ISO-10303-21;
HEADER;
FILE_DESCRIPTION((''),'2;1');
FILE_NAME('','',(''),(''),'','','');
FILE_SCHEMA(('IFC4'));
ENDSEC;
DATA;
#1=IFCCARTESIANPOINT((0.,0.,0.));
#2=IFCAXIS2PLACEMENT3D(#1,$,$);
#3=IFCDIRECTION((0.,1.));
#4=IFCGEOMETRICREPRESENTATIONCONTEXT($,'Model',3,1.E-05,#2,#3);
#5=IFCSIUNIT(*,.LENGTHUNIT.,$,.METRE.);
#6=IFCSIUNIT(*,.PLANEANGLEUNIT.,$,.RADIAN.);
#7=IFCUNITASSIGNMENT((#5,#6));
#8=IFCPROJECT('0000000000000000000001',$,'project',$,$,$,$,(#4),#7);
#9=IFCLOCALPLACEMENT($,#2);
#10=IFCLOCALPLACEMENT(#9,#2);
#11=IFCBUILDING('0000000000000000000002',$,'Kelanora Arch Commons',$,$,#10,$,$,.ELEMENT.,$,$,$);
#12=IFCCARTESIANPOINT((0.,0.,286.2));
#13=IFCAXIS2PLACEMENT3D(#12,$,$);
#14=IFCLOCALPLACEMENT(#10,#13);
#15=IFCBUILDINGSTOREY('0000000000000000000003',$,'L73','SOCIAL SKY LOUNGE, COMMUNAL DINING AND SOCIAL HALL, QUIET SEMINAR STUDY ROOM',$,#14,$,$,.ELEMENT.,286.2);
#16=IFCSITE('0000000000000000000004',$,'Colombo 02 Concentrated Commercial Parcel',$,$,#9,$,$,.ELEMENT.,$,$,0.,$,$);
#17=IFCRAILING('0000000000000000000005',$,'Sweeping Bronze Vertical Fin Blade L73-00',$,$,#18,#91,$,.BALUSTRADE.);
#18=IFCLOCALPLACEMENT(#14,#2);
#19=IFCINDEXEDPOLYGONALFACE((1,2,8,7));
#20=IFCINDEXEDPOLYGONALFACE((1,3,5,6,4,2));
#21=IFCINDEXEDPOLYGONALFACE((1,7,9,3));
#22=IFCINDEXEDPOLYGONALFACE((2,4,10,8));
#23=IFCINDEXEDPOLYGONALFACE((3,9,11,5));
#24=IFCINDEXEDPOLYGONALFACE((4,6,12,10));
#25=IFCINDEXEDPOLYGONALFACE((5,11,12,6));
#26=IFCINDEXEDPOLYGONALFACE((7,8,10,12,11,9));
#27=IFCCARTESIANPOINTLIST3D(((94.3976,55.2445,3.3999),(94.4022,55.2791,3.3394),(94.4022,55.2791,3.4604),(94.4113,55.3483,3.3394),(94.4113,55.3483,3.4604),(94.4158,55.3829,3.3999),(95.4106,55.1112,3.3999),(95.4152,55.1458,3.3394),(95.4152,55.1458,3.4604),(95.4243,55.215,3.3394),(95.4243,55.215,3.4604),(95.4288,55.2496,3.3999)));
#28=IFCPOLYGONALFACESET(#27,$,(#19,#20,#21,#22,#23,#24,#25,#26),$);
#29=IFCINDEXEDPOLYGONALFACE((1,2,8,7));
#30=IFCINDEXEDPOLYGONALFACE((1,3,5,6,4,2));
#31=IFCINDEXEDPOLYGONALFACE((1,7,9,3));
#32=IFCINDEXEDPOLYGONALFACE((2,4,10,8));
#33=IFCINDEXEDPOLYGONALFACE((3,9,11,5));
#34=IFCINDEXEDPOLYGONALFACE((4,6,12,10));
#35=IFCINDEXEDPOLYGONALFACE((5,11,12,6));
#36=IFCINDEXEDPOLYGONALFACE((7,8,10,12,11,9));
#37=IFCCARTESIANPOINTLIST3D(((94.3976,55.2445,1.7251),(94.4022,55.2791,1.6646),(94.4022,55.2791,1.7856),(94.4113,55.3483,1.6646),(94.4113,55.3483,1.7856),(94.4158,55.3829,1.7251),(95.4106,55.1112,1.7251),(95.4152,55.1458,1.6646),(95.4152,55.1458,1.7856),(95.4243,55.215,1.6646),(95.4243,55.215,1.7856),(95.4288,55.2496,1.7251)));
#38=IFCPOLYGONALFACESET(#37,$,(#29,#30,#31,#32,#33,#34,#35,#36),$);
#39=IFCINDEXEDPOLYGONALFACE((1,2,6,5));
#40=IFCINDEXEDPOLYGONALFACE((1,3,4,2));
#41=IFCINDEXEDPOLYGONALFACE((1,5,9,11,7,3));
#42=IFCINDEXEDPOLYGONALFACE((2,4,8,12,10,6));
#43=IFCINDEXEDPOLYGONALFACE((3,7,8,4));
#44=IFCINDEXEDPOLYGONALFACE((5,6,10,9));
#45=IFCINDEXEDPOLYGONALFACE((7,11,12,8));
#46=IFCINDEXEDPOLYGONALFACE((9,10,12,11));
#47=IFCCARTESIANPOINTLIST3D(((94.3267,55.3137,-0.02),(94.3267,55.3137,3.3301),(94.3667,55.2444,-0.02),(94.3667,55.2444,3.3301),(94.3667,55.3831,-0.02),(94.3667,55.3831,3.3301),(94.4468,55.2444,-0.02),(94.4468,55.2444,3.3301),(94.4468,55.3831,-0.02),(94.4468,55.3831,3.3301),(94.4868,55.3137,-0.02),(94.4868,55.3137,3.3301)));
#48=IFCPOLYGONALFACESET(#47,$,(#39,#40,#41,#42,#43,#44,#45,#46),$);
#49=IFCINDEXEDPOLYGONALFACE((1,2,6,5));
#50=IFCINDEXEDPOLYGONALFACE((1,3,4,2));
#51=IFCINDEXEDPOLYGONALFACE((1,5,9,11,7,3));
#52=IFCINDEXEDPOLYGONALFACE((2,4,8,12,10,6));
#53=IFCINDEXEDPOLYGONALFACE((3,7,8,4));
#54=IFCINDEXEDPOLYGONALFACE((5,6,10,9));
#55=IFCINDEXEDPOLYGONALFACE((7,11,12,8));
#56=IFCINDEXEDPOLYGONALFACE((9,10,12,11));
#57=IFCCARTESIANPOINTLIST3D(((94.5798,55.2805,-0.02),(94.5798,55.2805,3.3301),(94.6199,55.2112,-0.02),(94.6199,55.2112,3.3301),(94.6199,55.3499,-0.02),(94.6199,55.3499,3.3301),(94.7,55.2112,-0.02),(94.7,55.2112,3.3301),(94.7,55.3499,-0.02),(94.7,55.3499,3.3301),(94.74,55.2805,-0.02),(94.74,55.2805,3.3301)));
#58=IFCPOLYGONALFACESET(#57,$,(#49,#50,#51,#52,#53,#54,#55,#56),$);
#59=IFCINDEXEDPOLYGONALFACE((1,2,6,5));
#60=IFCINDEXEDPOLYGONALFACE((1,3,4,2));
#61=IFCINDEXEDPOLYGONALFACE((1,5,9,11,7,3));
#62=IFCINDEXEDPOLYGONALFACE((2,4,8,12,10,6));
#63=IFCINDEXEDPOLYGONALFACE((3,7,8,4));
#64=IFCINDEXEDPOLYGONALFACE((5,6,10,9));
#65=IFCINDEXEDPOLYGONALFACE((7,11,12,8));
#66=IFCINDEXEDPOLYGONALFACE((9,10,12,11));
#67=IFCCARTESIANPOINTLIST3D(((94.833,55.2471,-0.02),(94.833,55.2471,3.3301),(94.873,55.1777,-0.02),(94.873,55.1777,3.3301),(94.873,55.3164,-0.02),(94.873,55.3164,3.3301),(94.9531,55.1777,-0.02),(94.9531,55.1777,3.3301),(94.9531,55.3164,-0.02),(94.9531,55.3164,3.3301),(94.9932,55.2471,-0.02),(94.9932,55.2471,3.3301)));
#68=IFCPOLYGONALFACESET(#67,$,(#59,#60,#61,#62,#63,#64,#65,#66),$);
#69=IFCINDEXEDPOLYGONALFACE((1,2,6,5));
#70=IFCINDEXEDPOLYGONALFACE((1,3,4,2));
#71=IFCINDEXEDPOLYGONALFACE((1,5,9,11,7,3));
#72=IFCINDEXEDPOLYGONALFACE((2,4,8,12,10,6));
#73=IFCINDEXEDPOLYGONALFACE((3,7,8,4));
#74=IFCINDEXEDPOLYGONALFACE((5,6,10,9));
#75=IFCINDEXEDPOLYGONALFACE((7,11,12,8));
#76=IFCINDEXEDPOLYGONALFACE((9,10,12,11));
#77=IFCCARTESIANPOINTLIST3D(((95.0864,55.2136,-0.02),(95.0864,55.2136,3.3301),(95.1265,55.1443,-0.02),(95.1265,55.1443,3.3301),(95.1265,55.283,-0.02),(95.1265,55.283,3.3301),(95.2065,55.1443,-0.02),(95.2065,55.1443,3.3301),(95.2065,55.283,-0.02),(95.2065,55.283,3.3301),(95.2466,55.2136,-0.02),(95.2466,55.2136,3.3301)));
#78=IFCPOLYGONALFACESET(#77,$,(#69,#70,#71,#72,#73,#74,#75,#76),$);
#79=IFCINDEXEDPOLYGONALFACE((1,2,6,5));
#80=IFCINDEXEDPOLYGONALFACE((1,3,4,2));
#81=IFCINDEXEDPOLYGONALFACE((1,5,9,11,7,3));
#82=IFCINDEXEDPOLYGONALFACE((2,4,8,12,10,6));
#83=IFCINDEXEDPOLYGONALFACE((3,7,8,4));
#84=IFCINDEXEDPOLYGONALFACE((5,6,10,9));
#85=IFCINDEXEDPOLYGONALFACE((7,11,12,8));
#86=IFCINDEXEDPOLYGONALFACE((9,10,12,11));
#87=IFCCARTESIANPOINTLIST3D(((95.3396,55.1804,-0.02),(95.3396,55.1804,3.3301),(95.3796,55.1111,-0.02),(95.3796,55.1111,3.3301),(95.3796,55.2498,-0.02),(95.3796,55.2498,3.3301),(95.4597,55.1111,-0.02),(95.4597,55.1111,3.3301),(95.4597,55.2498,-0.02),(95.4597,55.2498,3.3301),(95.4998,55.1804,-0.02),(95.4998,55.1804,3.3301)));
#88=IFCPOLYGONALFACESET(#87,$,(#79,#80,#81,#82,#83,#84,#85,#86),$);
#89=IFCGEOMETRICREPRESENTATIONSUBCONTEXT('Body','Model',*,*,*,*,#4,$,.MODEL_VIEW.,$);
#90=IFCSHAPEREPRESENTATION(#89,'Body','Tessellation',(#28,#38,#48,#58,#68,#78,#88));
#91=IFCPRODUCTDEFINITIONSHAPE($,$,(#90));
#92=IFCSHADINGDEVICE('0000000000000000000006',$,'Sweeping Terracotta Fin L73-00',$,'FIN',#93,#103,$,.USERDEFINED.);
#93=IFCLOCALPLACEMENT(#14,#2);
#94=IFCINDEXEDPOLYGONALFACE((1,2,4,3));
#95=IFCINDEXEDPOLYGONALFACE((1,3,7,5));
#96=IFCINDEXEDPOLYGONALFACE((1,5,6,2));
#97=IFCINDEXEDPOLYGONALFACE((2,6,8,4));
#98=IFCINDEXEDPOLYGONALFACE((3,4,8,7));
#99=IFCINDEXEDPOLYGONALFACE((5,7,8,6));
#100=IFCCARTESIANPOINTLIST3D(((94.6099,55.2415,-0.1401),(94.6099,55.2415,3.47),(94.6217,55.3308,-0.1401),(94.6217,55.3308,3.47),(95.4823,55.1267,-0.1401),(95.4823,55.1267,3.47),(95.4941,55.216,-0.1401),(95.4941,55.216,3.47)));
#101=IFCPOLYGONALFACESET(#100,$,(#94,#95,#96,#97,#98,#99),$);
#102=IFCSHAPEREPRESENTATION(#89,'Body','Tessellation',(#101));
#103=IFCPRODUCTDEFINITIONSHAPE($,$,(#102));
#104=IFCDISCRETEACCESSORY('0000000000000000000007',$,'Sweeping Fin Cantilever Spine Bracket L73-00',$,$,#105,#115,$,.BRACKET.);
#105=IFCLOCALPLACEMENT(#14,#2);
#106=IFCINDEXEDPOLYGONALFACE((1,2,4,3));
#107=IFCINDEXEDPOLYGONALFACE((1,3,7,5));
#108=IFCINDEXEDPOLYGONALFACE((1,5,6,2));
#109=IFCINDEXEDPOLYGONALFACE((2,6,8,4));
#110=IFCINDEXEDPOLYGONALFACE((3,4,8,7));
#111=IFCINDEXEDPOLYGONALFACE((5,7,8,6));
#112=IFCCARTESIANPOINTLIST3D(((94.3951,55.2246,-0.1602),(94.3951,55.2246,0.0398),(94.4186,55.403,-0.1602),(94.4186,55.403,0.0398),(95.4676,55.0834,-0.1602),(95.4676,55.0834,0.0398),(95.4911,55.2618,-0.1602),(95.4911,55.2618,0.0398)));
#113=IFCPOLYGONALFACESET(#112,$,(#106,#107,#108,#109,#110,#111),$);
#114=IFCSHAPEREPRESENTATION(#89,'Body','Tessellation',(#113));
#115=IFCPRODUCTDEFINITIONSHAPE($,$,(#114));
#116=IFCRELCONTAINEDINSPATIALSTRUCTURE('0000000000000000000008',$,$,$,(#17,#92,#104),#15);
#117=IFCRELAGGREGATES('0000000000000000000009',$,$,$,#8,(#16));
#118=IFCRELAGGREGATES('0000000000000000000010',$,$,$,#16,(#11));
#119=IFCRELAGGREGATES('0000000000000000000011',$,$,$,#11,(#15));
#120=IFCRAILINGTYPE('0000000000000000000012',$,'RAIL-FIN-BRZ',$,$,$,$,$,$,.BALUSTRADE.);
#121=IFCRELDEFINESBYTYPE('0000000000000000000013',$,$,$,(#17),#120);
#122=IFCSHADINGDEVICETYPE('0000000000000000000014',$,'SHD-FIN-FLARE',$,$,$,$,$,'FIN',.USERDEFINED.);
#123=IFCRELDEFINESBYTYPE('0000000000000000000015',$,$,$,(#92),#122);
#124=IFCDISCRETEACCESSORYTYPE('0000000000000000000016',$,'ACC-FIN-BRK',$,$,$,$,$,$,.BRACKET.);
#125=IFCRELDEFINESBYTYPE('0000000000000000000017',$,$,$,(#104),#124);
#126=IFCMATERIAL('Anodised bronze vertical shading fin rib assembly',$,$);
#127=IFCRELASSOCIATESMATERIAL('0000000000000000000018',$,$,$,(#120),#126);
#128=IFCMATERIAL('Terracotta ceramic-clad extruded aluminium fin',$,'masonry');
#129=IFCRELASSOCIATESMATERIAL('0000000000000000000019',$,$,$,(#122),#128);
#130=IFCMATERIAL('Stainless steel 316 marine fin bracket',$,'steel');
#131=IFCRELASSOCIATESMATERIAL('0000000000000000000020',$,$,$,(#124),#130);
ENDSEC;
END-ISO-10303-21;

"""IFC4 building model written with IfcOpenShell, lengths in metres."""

from ifc_helpers import new_model, si_unit, direction, frame, origin, origin_2d, place, context, subcontext, project, spatial, polyline, rectangle, outline, extrude, source, transform, mapped, material, type_object, element, save


model = new_model("IFC4")

# Units and contexts
model_context = context("Model", 3, precision=1e-05, world=origin(), true_north=direction((0.0, 1.0)))
body_context = subcontext(model_context, "Body", "Model", "MODEL_VIEW")
ifc_project = project(units=[si_unit("LENGTHUNIT", "METRE"), si_unit("PLANEANGLEUNIT", "RADIAN")], contexts=[model_context])

# Site, building, storey
site_placement = place(None, origin())
site = spatial("IfcSite", under=ifc_project, at=site_placement, Name="Colombo 02 Concentrated Commercial Parcel", CompositionType="ELEMENT", RefElevation=0.0)
building_placement = place(site_placement, origin())
building = spatial("IfcBuilding", under=site, at=building_placement, Name="Kelanora Arch Commons", CompositionType="ELEMENT")
storey_placement = place(building_placement, frame((0.0, 0.0, 286.2)))
storey = spatial("IfcBuildingStorey", under=building, at=storey_placement, Name="L73", Description="SOCIAL SKY LOUNGE, COMMUNAL DINING AND SOCIAL HALL, QUIET SEMINAR STUDY ROOM", CompositionType="ELEMENT", Elevation=286.2)

# Railing
ifc_material_1 = material(Name="Anodised bronze vertical shading fin rib assembly")
railing_type = type_object("IfcRailingType", Name="RAIL-FIN-BRZ", PredefinedType="BALUSTRADE", material=ifc_material_1)
railing_placement = place(storey_placement, frame((94.4067, 55.3137, -0.02)))
element("IfcRailing", 1, at=railing_placement, inside=storey, type_object=railing_type, Name="Sweeping Bronze Vertical Fin Blade L73-00", PredefinedType="BALUSTRADE", context=body_context, shape_type="SweptSolid", body=[
    extrude(outline(polyline([(0.0698, 0.0), (0.0349, 0.0605), (-0.0349, 0.0605), (-0.0698, 0.0), (-0.0349, -0.0605), (0.0349, -0.0605), (0.0698, 0.0)])), frame((0.0, 0.0, 3.4199), z_axis=(0.991452, -0.130473, 0.0), x_axis=(0.130473, 0.991452, 0.0)), (0.0, 0.0, 1.0), 1.0217),
    extrude(outline(polyline([(0.0698, 0.0), (0.0349, 0.0605), (-0.0349, 0.0605), (-0.0698, 0.0), (-0.0349, -0.0605), (0.0349, -0.0605), (0.0698, 0.0)])), frame((0.0, 0.0, 1.7451), z_axis=(0.991452, -0.130473, 0.0), x_axis=(0.130473, 0.991452, 0.0)), (0.0, 0.0, 1.0), 1.0217),
    extrude(outline(polyline([(0.0801, 0.0), (0.04, 0.0693), (-0.04, 0.0693), (-0.0801, 0.0), (-0.04, -0.0693), (0.04, -0.0693), (0.0801, 0.0)])), origin(), (0.0, 0.0, 1.0), 3.3501),
    extrude(outline(polyline([(0.0801, 0.0), (0.04, 0.0693), (-0.04, 0.0693), (-0.0801, 0.0), (-0.04, -0.0693), (0.04, -0.0693), (0.0801, 0.0)])), frame((0.2532, -0.0332, 0.0)), (0.0, 0.0, 1.0), 3.3501),
    extrude(outline(polyline([(0.0801, 0.0), (0.04, 0.0693), (-0.04, 0.0693), (-0.0801, 0.0), (-0.04, -0.0693), (0.04, -0.0693), (0.0801, 0.0)])), frame((0.5063, -0.0667, 0.0)), (0.0, 0.0, 1.0), 3.3501),
    extrude(outline(polyline([(0.0801, 0.0), (0.04, 0.0693), (-0.04, 0.0693), (-0.0801, 0.0), (-0.04, -0.0693), (0.04, -0.0693), (0.0801, 0.0)])), frame((0.7598, -0.1001, 0.0)), (0.0, 0.0, 1.0), 3.3501),
    extrude(outline(polyline([(0.0801, 0.0), (0.04, 0.0693), (-0.04, 0.0693), (-0.0801, 0.0), (-0.04, -0.0693), (0.04, -0.0693), (0.0801, 0.0)])), frame((1.0129, -0.1333, 0.0)), (0.0, 0.0, 1.0), 3.3501),
])

# Shading device
ifc_material_2 = material(Name="Terracotta ceramic-clad extruded aluminium fin", Category="masonry")
shading_device_type = type_object("IfcShadingDeviceType", Name="SHD-FIN-FLARE", ElementType="FIN", PredefinedType="USERDEFINED", material=ifc_material_2)
shared_shape_1 = source(origin(), body_context, "Body", "SweptSolid", [
    extrude(rectangle(XDim=0.8799, YDim=0.0901, at=origin_2d()), origin(), (0.0, 0.0, 1.0), 3.6101),
])
shading_device_placement = place(storey_placement, frame((95.052, 55.2288, -0.1401), z_axis=(0.0, 0.0, 1.0), x_axis=(0.991445, -0.130526, 0.0)))
element("IfcShadingDevice", 2, at=shading_device_placement, inside=storey, type_object=shading_device_type, Name="Sweeping Terracotta Fin L73-00", ObjectType="FIN", PredefinedType="USERDEFINED", context=body_context, shape_type="MappedRepresentation", body=[
    mapped(shared_shape_1, transform((0.0, 0.0, 0.0), scale=1.0)),
])

# Discrete accessory
ifc_material_3 = material(Name="Stainless steel 316 marine fin bracket", Category="steel")
discrete_accessory_type = type_object("IfcDiscreteAccessoryType", Name="ACC-FIN-BRK", PredefinedType="BRACKET", material=ifc_material_3)
shared_shape_2 = source(origin(), body_context, "Body", "SweptSolid", [
    extrude(rectangle(XDim=1.0818, YDim=0.1799, at=origin_2d()), origin(), (0.0, 0.0, 1.0), 0.2),
])
discrete_accessory_placement = place(storey_placement, frame((94.9431, 55.2432, -0.1602), z_axis=(0.0, 0.0, 1.0), x_axis=(0.991445, -0.130526, 0.0)))
element("IfcDiscreteAccessory", 3, at=discrete_accessory_placement, inside=storey, type_object=discrete_accessory_type, Name="Sweeping Fin Cantilever Spine Bracket L73-00", PredefinedType="BRACKET", context=body_context, shape_type="MappedRepresentation", body=[
    mapped(shared_shape_2, transform((0.0, 0.0, 0.0), scale=1.0)),
])

save(model, "model.ifc")
